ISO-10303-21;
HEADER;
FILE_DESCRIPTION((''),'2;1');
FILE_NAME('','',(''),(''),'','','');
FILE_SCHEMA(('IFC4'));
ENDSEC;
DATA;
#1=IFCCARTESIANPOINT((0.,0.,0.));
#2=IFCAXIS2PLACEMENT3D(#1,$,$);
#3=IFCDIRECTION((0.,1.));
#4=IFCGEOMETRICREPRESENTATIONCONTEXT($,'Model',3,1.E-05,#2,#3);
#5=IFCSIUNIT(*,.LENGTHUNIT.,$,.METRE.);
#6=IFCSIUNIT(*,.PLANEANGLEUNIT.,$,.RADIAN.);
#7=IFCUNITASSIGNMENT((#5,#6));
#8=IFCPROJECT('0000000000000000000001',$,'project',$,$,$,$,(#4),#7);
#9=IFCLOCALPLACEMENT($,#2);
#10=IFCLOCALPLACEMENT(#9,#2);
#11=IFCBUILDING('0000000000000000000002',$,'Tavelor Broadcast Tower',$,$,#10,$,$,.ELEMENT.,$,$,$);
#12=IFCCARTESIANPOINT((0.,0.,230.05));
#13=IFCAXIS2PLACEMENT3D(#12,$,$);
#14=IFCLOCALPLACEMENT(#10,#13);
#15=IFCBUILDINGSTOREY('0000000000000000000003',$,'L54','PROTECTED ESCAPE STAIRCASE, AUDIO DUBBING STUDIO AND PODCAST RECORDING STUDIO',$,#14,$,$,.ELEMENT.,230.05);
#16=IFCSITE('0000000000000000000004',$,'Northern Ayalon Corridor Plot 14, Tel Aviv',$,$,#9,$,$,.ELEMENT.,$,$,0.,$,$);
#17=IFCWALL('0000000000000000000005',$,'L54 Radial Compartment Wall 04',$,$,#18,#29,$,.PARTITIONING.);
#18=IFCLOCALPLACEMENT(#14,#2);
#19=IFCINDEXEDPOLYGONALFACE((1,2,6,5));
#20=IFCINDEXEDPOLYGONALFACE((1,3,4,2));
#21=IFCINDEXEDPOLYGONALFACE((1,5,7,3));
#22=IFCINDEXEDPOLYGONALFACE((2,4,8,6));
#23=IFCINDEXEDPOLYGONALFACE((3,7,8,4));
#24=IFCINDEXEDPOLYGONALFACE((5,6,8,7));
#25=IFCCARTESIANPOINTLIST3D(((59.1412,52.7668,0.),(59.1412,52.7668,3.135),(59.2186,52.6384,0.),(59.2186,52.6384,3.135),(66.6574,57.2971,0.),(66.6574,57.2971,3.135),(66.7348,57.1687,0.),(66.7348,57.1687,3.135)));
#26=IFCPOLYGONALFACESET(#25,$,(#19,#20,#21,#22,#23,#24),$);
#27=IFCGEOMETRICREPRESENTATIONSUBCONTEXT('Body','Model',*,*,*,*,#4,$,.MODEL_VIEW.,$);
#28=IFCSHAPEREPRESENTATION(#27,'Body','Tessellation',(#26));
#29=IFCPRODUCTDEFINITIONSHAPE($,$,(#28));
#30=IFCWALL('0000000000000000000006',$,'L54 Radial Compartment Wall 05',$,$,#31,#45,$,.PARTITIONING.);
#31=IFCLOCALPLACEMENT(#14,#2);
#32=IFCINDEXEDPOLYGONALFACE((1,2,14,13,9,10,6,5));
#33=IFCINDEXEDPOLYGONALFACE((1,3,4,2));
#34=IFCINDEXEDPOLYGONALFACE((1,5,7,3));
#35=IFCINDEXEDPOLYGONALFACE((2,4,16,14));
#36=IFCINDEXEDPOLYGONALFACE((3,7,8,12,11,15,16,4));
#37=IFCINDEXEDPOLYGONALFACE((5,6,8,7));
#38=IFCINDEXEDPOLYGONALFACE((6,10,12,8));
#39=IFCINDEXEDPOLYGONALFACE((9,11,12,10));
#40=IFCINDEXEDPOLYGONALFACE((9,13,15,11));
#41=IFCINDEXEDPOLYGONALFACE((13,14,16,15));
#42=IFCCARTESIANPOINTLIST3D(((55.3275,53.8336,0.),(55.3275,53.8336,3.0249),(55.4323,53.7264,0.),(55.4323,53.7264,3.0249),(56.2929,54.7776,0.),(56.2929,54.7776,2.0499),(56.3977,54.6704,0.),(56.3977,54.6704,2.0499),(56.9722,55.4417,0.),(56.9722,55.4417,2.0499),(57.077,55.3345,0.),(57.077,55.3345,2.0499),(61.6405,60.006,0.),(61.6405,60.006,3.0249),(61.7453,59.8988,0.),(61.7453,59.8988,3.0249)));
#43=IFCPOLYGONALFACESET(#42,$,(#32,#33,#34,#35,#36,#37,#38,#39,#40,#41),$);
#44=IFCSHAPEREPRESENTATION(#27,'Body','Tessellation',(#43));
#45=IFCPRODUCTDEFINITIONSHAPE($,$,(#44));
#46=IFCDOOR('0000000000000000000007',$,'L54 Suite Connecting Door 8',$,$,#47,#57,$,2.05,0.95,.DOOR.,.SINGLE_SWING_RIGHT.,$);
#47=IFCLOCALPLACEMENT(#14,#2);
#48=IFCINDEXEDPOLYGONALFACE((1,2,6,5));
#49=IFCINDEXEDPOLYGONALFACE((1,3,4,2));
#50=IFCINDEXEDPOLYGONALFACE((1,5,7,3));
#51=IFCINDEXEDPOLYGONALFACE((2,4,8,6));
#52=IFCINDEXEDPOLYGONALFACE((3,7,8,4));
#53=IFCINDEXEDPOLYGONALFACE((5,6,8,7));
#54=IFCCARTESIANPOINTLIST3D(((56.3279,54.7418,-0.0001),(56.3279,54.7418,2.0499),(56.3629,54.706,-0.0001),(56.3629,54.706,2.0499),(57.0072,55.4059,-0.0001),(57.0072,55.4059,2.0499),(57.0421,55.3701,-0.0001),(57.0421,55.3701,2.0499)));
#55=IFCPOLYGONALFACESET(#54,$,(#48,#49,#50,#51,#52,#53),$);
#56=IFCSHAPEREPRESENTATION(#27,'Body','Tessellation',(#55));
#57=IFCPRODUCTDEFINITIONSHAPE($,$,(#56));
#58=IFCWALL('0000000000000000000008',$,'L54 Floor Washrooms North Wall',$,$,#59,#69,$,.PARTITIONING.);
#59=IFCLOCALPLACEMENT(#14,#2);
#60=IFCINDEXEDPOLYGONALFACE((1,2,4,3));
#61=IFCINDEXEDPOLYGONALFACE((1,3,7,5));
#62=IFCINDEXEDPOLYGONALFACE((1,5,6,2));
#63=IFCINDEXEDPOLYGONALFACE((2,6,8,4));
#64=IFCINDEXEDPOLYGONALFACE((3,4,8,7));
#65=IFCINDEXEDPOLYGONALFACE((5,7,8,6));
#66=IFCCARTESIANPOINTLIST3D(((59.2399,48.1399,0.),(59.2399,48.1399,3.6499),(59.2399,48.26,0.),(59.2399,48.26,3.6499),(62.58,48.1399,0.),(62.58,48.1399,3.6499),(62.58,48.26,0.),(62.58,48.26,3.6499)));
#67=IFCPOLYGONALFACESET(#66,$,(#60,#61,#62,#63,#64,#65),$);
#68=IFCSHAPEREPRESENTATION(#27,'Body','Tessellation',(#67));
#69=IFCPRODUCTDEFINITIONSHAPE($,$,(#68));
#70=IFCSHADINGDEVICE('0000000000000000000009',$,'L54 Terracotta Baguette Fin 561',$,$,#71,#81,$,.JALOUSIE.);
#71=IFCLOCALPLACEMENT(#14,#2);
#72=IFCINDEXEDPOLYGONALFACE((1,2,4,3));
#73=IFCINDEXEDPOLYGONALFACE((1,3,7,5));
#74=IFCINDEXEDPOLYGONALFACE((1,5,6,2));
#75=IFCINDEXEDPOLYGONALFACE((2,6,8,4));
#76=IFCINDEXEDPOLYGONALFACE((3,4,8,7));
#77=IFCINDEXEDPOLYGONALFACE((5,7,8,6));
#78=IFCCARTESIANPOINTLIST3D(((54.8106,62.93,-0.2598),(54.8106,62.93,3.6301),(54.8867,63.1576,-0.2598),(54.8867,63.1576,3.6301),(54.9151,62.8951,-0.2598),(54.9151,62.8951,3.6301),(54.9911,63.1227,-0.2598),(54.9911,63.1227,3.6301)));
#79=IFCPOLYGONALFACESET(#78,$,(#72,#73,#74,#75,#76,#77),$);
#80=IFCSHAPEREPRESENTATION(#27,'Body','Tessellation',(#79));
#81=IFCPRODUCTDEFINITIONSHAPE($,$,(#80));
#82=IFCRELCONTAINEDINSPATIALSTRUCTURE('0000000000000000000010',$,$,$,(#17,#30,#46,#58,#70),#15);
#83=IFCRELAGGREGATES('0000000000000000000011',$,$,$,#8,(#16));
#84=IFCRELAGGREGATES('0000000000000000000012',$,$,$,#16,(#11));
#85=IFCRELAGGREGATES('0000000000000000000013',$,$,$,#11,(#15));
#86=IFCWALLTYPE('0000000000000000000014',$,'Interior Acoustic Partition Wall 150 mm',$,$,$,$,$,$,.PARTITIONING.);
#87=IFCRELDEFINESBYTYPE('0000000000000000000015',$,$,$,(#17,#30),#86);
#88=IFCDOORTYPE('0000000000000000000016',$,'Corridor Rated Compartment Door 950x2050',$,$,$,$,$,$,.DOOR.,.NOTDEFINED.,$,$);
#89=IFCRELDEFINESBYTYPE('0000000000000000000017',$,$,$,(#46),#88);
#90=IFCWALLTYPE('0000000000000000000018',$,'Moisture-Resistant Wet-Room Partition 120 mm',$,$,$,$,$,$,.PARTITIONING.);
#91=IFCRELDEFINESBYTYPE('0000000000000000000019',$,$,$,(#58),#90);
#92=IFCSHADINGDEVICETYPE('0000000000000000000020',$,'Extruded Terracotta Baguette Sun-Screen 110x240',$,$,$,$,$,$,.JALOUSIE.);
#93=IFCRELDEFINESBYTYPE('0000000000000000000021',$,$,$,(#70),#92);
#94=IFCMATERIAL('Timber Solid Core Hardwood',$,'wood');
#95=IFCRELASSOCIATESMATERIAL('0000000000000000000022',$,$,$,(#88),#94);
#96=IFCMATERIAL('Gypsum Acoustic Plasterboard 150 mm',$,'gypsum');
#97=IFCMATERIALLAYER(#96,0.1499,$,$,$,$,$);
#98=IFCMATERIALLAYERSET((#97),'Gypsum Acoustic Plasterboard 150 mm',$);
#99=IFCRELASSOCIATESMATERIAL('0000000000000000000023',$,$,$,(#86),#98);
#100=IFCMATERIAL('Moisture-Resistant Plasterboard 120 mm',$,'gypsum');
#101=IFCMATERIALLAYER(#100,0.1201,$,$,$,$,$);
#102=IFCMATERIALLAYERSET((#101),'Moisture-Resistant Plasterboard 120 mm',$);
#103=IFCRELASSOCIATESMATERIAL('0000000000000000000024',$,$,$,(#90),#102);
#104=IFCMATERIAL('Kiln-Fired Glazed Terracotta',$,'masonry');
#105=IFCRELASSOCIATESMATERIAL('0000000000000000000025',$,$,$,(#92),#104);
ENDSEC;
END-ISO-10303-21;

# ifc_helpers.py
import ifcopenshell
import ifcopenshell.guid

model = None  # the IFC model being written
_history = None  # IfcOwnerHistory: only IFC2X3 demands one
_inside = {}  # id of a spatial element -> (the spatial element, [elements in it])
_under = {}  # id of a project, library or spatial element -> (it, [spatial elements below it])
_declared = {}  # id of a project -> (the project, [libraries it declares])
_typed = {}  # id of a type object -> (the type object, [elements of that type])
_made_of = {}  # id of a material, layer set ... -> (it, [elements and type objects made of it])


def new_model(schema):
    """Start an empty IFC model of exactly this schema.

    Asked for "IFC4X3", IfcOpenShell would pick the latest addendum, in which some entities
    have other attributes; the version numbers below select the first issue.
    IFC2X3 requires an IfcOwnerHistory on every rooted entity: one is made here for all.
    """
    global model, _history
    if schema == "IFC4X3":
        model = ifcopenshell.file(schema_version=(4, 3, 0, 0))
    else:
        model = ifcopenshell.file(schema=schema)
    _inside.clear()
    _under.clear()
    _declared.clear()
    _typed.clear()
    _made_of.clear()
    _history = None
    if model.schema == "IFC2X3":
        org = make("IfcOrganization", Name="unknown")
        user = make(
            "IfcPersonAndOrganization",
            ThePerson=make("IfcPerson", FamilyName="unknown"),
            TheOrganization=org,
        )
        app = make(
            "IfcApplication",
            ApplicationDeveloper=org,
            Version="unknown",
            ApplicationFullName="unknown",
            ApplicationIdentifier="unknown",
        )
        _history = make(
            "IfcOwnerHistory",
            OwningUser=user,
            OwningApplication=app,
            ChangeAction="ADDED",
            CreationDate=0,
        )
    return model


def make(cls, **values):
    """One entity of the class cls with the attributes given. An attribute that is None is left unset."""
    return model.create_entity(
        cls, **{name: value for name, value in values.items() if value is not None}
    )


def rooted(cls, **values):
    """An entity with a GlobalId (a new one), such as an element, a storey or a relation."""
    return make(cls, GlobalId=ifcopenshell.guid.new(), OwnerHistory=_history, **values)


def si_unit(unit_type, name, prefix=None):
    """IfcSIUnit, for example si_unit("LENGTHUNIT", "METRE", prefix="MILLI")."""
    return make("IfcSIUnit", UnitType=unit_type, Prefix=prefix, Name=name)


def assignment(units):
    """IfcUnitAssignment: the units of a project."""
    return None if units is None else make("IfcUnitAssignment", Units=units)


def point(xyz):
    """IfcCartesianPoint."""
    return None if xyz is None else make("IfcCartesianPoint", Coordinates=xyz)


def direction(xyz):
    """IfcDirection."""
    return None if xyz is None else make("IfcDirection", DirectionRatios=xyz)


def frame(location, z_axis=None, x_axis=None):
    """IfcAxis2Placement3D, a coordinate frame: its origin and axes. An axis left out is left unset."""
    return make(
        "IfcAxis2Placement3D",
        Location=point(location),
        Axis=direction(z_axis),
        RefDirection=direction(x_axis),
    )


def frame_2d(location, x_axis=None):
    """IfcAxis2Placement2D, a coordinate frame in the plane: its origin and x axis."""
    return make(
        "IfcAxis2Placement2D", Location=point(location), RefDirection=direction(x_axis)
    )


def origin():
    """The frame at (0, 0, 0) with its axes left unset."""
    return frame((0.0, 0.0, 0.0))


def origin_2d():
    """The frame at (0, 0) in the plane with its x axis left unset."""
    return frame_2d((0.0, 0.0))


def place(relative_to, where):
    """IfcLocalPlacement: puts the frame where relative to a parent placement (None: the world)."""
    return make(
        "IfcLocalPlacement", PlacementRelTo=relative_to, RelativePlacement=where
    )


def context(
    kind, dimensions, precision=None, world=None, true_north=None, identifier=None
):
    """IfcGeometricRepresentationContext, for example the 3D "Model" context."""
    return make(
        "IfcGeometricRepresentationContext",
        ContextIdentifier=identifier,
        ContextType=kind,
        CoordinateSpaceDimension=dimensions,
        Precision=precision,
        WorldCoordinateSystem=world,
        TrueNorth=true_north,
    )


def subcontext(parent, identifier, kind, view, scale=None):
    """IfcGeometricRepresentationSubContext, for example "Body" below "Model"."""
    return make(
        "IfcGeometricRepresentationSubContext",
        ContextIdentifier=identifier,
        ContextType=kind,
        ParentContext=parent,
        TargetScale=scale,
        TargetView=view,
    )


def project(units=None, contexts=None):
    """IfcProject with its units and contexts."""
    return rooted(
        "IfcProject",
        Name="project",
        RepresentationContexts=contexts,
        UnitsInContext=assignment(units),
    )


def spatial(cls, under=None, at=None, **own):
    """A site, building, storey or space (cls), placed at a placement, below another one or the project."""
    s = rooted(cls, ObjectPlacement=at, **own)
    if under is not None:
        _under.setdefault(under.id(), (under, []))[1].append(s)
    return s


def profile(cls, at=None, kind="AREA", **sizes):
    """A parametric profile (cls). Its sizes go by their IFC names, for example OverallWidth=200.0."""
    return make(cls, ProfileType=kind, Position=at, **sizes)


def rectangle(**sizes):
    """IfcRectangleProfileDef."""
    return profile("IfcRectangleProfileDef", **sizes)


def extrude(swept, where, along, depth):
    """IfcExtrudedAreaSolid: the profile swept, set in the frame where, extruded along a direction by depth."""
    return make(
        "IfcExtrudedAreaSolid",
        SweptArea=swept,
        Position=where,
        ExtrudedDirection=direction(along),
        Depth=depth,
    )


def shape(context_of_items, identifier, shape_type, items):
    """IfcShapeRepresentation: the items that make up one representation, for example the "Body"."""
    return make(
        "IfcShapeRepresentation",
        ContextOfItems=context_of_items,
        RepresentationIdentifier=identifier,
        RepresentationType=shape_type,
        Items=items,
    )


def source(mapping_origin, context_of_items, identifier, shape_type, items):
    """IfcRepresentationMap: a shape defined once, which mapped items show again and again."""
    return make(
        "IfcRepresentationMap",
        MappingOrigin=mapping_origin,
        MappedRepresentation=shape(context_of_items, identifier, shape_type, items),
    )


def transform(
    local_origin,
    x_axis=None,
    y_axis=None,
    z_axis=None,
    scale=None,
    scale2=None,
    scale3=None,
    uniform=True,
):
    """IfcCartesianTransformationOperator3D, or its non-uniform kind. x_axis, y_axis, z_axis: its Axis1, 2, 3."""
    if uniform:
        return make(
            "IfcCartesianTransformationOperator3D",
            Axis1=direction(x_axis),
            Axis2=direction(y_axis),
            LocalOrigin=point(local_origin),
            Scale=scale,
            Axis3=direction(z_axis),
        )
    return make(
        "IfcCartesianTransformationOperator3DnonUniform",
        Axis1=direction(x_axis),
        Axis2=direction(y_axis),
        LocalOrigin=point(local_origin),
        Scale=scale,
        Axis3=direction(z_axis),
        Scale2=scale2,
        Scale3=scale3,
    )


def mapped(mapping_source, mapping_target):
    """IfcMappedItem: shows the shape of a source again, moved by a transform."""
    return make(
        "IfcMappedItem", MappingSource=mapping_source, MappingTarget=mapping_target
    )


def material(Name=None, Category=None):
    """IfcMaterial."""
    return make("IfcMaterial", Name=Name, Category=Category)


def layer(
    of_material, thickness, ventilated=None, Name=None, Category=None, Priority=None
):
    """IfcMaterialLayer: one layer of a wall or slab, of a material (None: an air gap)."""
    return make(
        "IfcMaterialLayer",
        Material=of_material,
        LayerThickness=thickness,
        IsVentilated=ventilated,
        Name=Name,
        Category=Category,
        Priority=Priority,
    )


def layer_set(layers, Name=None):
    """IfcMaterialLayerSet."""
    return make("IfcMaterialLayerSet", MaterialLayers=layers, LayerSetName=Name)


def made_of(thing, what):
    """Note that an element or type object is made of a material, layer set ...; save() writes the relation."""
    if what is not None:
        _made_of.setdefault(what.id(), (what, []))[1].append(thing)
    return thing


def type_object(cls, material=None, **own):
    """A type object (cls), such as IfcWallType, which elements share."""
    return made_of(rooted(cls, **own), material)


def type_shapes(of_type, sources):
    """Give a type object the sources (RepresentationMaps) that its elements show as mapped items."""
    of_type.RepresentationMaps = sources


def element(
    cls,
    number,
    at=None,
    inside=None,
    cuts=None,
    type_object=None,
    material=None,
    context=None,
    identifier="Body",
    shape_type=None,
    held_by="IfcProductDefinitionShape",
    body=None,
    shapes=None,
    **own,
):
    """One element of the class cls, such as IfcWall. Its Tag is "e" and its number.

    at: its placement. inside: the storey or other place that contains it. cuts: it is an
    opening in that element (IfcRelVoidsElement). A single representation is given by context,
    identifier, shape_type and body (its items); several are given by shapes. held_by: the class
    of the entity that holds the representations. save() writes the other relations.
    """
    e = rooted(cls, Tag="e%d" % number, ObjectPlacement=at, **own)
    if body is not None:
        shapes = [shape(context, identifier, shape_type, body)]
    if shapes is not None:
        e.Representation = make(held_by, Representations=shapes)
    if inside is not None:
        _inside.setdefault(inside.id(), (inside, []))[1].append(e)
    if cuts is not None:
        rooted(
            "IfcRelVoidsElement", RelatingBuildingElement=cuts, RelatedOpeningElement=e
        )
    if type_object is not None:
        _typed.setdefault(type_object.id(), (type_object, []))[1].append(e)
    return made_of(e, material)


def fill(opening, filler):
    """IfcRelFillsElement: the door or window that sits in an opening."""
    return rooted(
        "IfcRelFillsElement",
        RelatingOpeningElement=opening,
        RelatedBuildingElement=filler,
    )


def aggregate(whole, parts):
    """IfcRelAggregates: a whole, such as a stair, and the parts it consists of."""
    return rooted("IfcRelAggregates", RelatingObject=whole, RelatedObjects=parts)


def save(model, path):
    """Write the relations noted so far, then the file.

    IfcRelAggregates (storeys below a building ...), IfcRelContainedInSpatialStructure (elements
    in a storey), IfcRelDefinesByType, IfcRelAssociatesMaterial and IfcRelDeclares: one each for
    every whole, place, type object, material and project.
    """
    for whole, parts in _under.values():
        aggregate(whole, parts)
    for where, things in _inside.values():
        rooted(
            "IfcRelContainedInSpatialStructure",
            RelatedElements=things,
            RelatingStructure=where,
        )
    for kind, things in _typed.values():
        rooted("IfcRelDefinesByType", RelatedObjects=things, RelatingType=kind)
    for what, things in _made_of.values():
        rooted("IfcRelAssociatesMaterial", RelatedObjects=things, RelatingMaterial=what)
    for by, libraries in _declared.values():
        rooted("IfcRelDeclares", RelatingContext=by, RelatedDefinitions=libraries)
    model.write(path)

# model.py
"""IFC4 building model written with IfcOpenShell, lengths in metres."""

from ifc_helpers import new_model, si_unit, direction, frame, frame_2d, origin, origin_2d, place, context, subcontext, project, spatial, rectangle, extrude, source, transform, mapped, material, layer, layer_set, type_object, type_shapes, element, fill, save


model = new_model("IFC4")

# Units and contexts
model_context = context("Model", 3, precision=1e-05, world=origin(), true_north=direction((0.0, 1.0)))
body_context = subcontext(model_context, "Body", "Model", "MODEL_VIEW")
ifc_project = project(units=[si_unit("LENGTHUNIT", "METRE"), si_unit("PLANEANGLEUNIT", "RADIAN")], contexts=[model_context])

# Site, building, storey
site_placement = place(None, origin())
site = spatial("IfcSite", under=ifc_project, at=site_placement, Name="Northern Ayalon Corridor Plot 14, Tel Aviv", CompositionType="ELEMENT", RefElevation=0.0)
building_placement = place(site_placement, origin())
building = spatial("IfcBuilding", under=site, at=building_placement, Name="Tavelor Broadcast Tower", CompositionType="ELEMENT")
storey_placement = place(building_placement, frame((0.0, 0.0, 230.05)))
storey = spatial("IfcBuildingStorey", under=building, at=storey_placement, Name="L54", Description="PROTECTED ESCAPE STAIRCASE, AUDIO DUBBING STUDIO AND PODCAST RECORDING STUDIO", CompositionType="ELEMENT", Elevation=230.05)

# Shared definitions
ifc_material_1 = material(Name="Timber Solid Core Hardwood", Category="wood")
door_type = type_object("IfcDoorType", Name="Corridor Rated Compartment Door 950x2050", OperationType="NOTDEFINED", PredefinedType="DOOR", material=ifc_material_1)

# Wall
ifc_material_2 = material(Name="Gypsum Acoustic Plasterboard 150 mm", Category="gypsum")
ifc_layer_1 = layer(ifc_material_2, 0.1499)
ifc_layer_set_1 = layer_set([ifc_layer_1], Name="Gypsum Acoustic Plasterboard 150 mm")
wall_type_1 = type_object("IfcWallType", Name="Interior Acoustic Partition Wall 150 mm", PredefinedType="PARTITIONING", material=ifc_layer_set_1)
wall_1_placement = place(storey_placement, frame((59.1799, 52.7026, 0.0), z_axis=(0.0, 0.0, 1.0), x_axis=(0.856455, 0.516221, 0.0)))
element("IfcWall", 1, at=wall_1_placement, inside=storey, type_object=wall_type_1, Name="L54 Radial Compartment Wall 04", PredefinedType="PARTITIONING", context=body_context, shape_type="SweptSolid", body=[
    extrude(rectangle(XDim=8.7759, YDim=0.1499, at=frame_2d((4.3879, 0.0))), origin(), (0.0, 0.0, 1.0), 3.135),
])

# Wall, opening, door
wall_2_placement = place(storey_placement, frame((55.3799, 53.78, 0.0), z_axis=(0.0, 0.0, 1.0), x_axis=(0.715026, 0.699098, 0.0)))
wall_2 = element("IfcWall", 2, at=wall_2_placement, inside=storey, type_object=wall_type_1, Name="L54 Radial Compartment Wall 05", PredefinedType="PARTITIONING", context=body_context, shape_type="SweptSolid", body=[
    extrude(rectangle(XDim=8.8291, YDim=0.1499, at=frame_2d((4.4146, 0.0))), origin(), (0.0, 0.0, 1.0), 3.0249),
])
opening_1_placement = place(wall_2_placement, frame((1.3501, 0.0, 0.0)))
opening_1 = element("IfcOpeningElement", 3, at=opening_1_placement, cuts=wall_2, PredefinedType="OPENING", context=body_context, shape_type="SweptSolid", body=[
    extrude(rectangle(XDim=0.95, YDim=2.05, at=frame_2d((0.4751, 1.0249))), frame((0.0, 0.085, 0.0), z_axis=(0.0, -1.0, 0.0), x_axis=(1.0, 0.0, 0.0)), (0.0, 0.0, 1.0), 0.1699),
])
door_1_placement = place(opening_1_placement, origin())
door_1 = element("IfcDoor", 4, at=door_1_placement, inside=storey, type_object=door_type, Name="L54 Suite Connecting Door 8", OperationType="SINGLE_SWING_RIGHT", OverallHeight=2.05, OverallWidth=0.95, PredefinedType="DOOR", context=body_context, shape_type="SweptSolid", body=[
    extrude(rectangle(XDim=0.95, YDim=2.05, at=frame_2d((0.4751, 1.0249))), frame((0.0, 0.0249, 0.0), z_axis=(0.0, -1.0, 0.0), x_axis=(1.0, 0.0, 0.0)), (0.0, 0.0, 1.0), 0.05),
])
fill(opening_1, door_1)

# Wall
ifc_material_3 = material(Name="Moisture-Resistant Plasterboard 120 mm", Category="gypsum")
ifc_layer_2 = layer(ifc_material_3, 0.1201)
ifc_layer_set_2 = layer_set([ifc_layer_2], Name="Moisture-Resistant Plasterboard 120 mm")
wall_type_2 = type_object("IfcWallType", Name="Moisture-Resistant Wet-Room Partition 120 mm", PredefinedType="PARTITIONING", material=ifc_layer_set_2)
wall_3_placement = place(storey_placement, frame((59.24, 48.2, 0.0), z_axis=(0.0, 0.0, 1.0), x_axis=(1.0, 0.0, 0.0)))
element("IfcWall", 5, at=wall_3_placement, inside=storey, type_object=wall_type_2, Name="L54 Floor Washrooms North Wall", PredefinedType="PARTITIONING", context=body_context, shape_type="SweptSolid", body=[
    extrude(rectangle(XDim=3.3401, YDim=0.1201, at=frame_2d((1.6699, 0.0))), origin(), (0.0, 0.0, 1.0), 3.6499),
])

# Shading device
ifc_material_4 = material(Name="Kiln-Fired Glazed Terracotta", Category="masonry")
shading_device_type = type_object("IfcShadingDeviceType", Name="Extruded Terracotta Baguette Sun-Screen 110x240", PredefinedType="JALOUSIE", material=ifc_material_4)
shared_shape_1 = source(origin(), body_context, "Body", "SweptSolid", [
    extrude(rectangle(XDim=0.1101, YDim=0.24, at=origin_2d()), origin(), (0.0, 0.0, 1.0), 3.8899),
])
type_shapes(shading_device_type, [shared_shape_1])
shading_device_placement = place(storey_placement, frame((54.9009, 63.0264, -0.2598), z_axis=(0.0, 0.0, 1.0), x_axis=(-0.948434, 0.316974, 0.0)))
element("IfcShadingDevice", 6, at=shading_device_placement, inside=storey, type_object=shading_device_type, Name="L54 Terracotta Baguette Fin 561", PredefinedType="JALOUSIE", context=body_context, shape_type="MappedRepresentation", body=[
    mapped(shared_shape_1, transform((0.0, 0.0, 0.0), scale=1.0)),
])

save(model, "model.ifc")
